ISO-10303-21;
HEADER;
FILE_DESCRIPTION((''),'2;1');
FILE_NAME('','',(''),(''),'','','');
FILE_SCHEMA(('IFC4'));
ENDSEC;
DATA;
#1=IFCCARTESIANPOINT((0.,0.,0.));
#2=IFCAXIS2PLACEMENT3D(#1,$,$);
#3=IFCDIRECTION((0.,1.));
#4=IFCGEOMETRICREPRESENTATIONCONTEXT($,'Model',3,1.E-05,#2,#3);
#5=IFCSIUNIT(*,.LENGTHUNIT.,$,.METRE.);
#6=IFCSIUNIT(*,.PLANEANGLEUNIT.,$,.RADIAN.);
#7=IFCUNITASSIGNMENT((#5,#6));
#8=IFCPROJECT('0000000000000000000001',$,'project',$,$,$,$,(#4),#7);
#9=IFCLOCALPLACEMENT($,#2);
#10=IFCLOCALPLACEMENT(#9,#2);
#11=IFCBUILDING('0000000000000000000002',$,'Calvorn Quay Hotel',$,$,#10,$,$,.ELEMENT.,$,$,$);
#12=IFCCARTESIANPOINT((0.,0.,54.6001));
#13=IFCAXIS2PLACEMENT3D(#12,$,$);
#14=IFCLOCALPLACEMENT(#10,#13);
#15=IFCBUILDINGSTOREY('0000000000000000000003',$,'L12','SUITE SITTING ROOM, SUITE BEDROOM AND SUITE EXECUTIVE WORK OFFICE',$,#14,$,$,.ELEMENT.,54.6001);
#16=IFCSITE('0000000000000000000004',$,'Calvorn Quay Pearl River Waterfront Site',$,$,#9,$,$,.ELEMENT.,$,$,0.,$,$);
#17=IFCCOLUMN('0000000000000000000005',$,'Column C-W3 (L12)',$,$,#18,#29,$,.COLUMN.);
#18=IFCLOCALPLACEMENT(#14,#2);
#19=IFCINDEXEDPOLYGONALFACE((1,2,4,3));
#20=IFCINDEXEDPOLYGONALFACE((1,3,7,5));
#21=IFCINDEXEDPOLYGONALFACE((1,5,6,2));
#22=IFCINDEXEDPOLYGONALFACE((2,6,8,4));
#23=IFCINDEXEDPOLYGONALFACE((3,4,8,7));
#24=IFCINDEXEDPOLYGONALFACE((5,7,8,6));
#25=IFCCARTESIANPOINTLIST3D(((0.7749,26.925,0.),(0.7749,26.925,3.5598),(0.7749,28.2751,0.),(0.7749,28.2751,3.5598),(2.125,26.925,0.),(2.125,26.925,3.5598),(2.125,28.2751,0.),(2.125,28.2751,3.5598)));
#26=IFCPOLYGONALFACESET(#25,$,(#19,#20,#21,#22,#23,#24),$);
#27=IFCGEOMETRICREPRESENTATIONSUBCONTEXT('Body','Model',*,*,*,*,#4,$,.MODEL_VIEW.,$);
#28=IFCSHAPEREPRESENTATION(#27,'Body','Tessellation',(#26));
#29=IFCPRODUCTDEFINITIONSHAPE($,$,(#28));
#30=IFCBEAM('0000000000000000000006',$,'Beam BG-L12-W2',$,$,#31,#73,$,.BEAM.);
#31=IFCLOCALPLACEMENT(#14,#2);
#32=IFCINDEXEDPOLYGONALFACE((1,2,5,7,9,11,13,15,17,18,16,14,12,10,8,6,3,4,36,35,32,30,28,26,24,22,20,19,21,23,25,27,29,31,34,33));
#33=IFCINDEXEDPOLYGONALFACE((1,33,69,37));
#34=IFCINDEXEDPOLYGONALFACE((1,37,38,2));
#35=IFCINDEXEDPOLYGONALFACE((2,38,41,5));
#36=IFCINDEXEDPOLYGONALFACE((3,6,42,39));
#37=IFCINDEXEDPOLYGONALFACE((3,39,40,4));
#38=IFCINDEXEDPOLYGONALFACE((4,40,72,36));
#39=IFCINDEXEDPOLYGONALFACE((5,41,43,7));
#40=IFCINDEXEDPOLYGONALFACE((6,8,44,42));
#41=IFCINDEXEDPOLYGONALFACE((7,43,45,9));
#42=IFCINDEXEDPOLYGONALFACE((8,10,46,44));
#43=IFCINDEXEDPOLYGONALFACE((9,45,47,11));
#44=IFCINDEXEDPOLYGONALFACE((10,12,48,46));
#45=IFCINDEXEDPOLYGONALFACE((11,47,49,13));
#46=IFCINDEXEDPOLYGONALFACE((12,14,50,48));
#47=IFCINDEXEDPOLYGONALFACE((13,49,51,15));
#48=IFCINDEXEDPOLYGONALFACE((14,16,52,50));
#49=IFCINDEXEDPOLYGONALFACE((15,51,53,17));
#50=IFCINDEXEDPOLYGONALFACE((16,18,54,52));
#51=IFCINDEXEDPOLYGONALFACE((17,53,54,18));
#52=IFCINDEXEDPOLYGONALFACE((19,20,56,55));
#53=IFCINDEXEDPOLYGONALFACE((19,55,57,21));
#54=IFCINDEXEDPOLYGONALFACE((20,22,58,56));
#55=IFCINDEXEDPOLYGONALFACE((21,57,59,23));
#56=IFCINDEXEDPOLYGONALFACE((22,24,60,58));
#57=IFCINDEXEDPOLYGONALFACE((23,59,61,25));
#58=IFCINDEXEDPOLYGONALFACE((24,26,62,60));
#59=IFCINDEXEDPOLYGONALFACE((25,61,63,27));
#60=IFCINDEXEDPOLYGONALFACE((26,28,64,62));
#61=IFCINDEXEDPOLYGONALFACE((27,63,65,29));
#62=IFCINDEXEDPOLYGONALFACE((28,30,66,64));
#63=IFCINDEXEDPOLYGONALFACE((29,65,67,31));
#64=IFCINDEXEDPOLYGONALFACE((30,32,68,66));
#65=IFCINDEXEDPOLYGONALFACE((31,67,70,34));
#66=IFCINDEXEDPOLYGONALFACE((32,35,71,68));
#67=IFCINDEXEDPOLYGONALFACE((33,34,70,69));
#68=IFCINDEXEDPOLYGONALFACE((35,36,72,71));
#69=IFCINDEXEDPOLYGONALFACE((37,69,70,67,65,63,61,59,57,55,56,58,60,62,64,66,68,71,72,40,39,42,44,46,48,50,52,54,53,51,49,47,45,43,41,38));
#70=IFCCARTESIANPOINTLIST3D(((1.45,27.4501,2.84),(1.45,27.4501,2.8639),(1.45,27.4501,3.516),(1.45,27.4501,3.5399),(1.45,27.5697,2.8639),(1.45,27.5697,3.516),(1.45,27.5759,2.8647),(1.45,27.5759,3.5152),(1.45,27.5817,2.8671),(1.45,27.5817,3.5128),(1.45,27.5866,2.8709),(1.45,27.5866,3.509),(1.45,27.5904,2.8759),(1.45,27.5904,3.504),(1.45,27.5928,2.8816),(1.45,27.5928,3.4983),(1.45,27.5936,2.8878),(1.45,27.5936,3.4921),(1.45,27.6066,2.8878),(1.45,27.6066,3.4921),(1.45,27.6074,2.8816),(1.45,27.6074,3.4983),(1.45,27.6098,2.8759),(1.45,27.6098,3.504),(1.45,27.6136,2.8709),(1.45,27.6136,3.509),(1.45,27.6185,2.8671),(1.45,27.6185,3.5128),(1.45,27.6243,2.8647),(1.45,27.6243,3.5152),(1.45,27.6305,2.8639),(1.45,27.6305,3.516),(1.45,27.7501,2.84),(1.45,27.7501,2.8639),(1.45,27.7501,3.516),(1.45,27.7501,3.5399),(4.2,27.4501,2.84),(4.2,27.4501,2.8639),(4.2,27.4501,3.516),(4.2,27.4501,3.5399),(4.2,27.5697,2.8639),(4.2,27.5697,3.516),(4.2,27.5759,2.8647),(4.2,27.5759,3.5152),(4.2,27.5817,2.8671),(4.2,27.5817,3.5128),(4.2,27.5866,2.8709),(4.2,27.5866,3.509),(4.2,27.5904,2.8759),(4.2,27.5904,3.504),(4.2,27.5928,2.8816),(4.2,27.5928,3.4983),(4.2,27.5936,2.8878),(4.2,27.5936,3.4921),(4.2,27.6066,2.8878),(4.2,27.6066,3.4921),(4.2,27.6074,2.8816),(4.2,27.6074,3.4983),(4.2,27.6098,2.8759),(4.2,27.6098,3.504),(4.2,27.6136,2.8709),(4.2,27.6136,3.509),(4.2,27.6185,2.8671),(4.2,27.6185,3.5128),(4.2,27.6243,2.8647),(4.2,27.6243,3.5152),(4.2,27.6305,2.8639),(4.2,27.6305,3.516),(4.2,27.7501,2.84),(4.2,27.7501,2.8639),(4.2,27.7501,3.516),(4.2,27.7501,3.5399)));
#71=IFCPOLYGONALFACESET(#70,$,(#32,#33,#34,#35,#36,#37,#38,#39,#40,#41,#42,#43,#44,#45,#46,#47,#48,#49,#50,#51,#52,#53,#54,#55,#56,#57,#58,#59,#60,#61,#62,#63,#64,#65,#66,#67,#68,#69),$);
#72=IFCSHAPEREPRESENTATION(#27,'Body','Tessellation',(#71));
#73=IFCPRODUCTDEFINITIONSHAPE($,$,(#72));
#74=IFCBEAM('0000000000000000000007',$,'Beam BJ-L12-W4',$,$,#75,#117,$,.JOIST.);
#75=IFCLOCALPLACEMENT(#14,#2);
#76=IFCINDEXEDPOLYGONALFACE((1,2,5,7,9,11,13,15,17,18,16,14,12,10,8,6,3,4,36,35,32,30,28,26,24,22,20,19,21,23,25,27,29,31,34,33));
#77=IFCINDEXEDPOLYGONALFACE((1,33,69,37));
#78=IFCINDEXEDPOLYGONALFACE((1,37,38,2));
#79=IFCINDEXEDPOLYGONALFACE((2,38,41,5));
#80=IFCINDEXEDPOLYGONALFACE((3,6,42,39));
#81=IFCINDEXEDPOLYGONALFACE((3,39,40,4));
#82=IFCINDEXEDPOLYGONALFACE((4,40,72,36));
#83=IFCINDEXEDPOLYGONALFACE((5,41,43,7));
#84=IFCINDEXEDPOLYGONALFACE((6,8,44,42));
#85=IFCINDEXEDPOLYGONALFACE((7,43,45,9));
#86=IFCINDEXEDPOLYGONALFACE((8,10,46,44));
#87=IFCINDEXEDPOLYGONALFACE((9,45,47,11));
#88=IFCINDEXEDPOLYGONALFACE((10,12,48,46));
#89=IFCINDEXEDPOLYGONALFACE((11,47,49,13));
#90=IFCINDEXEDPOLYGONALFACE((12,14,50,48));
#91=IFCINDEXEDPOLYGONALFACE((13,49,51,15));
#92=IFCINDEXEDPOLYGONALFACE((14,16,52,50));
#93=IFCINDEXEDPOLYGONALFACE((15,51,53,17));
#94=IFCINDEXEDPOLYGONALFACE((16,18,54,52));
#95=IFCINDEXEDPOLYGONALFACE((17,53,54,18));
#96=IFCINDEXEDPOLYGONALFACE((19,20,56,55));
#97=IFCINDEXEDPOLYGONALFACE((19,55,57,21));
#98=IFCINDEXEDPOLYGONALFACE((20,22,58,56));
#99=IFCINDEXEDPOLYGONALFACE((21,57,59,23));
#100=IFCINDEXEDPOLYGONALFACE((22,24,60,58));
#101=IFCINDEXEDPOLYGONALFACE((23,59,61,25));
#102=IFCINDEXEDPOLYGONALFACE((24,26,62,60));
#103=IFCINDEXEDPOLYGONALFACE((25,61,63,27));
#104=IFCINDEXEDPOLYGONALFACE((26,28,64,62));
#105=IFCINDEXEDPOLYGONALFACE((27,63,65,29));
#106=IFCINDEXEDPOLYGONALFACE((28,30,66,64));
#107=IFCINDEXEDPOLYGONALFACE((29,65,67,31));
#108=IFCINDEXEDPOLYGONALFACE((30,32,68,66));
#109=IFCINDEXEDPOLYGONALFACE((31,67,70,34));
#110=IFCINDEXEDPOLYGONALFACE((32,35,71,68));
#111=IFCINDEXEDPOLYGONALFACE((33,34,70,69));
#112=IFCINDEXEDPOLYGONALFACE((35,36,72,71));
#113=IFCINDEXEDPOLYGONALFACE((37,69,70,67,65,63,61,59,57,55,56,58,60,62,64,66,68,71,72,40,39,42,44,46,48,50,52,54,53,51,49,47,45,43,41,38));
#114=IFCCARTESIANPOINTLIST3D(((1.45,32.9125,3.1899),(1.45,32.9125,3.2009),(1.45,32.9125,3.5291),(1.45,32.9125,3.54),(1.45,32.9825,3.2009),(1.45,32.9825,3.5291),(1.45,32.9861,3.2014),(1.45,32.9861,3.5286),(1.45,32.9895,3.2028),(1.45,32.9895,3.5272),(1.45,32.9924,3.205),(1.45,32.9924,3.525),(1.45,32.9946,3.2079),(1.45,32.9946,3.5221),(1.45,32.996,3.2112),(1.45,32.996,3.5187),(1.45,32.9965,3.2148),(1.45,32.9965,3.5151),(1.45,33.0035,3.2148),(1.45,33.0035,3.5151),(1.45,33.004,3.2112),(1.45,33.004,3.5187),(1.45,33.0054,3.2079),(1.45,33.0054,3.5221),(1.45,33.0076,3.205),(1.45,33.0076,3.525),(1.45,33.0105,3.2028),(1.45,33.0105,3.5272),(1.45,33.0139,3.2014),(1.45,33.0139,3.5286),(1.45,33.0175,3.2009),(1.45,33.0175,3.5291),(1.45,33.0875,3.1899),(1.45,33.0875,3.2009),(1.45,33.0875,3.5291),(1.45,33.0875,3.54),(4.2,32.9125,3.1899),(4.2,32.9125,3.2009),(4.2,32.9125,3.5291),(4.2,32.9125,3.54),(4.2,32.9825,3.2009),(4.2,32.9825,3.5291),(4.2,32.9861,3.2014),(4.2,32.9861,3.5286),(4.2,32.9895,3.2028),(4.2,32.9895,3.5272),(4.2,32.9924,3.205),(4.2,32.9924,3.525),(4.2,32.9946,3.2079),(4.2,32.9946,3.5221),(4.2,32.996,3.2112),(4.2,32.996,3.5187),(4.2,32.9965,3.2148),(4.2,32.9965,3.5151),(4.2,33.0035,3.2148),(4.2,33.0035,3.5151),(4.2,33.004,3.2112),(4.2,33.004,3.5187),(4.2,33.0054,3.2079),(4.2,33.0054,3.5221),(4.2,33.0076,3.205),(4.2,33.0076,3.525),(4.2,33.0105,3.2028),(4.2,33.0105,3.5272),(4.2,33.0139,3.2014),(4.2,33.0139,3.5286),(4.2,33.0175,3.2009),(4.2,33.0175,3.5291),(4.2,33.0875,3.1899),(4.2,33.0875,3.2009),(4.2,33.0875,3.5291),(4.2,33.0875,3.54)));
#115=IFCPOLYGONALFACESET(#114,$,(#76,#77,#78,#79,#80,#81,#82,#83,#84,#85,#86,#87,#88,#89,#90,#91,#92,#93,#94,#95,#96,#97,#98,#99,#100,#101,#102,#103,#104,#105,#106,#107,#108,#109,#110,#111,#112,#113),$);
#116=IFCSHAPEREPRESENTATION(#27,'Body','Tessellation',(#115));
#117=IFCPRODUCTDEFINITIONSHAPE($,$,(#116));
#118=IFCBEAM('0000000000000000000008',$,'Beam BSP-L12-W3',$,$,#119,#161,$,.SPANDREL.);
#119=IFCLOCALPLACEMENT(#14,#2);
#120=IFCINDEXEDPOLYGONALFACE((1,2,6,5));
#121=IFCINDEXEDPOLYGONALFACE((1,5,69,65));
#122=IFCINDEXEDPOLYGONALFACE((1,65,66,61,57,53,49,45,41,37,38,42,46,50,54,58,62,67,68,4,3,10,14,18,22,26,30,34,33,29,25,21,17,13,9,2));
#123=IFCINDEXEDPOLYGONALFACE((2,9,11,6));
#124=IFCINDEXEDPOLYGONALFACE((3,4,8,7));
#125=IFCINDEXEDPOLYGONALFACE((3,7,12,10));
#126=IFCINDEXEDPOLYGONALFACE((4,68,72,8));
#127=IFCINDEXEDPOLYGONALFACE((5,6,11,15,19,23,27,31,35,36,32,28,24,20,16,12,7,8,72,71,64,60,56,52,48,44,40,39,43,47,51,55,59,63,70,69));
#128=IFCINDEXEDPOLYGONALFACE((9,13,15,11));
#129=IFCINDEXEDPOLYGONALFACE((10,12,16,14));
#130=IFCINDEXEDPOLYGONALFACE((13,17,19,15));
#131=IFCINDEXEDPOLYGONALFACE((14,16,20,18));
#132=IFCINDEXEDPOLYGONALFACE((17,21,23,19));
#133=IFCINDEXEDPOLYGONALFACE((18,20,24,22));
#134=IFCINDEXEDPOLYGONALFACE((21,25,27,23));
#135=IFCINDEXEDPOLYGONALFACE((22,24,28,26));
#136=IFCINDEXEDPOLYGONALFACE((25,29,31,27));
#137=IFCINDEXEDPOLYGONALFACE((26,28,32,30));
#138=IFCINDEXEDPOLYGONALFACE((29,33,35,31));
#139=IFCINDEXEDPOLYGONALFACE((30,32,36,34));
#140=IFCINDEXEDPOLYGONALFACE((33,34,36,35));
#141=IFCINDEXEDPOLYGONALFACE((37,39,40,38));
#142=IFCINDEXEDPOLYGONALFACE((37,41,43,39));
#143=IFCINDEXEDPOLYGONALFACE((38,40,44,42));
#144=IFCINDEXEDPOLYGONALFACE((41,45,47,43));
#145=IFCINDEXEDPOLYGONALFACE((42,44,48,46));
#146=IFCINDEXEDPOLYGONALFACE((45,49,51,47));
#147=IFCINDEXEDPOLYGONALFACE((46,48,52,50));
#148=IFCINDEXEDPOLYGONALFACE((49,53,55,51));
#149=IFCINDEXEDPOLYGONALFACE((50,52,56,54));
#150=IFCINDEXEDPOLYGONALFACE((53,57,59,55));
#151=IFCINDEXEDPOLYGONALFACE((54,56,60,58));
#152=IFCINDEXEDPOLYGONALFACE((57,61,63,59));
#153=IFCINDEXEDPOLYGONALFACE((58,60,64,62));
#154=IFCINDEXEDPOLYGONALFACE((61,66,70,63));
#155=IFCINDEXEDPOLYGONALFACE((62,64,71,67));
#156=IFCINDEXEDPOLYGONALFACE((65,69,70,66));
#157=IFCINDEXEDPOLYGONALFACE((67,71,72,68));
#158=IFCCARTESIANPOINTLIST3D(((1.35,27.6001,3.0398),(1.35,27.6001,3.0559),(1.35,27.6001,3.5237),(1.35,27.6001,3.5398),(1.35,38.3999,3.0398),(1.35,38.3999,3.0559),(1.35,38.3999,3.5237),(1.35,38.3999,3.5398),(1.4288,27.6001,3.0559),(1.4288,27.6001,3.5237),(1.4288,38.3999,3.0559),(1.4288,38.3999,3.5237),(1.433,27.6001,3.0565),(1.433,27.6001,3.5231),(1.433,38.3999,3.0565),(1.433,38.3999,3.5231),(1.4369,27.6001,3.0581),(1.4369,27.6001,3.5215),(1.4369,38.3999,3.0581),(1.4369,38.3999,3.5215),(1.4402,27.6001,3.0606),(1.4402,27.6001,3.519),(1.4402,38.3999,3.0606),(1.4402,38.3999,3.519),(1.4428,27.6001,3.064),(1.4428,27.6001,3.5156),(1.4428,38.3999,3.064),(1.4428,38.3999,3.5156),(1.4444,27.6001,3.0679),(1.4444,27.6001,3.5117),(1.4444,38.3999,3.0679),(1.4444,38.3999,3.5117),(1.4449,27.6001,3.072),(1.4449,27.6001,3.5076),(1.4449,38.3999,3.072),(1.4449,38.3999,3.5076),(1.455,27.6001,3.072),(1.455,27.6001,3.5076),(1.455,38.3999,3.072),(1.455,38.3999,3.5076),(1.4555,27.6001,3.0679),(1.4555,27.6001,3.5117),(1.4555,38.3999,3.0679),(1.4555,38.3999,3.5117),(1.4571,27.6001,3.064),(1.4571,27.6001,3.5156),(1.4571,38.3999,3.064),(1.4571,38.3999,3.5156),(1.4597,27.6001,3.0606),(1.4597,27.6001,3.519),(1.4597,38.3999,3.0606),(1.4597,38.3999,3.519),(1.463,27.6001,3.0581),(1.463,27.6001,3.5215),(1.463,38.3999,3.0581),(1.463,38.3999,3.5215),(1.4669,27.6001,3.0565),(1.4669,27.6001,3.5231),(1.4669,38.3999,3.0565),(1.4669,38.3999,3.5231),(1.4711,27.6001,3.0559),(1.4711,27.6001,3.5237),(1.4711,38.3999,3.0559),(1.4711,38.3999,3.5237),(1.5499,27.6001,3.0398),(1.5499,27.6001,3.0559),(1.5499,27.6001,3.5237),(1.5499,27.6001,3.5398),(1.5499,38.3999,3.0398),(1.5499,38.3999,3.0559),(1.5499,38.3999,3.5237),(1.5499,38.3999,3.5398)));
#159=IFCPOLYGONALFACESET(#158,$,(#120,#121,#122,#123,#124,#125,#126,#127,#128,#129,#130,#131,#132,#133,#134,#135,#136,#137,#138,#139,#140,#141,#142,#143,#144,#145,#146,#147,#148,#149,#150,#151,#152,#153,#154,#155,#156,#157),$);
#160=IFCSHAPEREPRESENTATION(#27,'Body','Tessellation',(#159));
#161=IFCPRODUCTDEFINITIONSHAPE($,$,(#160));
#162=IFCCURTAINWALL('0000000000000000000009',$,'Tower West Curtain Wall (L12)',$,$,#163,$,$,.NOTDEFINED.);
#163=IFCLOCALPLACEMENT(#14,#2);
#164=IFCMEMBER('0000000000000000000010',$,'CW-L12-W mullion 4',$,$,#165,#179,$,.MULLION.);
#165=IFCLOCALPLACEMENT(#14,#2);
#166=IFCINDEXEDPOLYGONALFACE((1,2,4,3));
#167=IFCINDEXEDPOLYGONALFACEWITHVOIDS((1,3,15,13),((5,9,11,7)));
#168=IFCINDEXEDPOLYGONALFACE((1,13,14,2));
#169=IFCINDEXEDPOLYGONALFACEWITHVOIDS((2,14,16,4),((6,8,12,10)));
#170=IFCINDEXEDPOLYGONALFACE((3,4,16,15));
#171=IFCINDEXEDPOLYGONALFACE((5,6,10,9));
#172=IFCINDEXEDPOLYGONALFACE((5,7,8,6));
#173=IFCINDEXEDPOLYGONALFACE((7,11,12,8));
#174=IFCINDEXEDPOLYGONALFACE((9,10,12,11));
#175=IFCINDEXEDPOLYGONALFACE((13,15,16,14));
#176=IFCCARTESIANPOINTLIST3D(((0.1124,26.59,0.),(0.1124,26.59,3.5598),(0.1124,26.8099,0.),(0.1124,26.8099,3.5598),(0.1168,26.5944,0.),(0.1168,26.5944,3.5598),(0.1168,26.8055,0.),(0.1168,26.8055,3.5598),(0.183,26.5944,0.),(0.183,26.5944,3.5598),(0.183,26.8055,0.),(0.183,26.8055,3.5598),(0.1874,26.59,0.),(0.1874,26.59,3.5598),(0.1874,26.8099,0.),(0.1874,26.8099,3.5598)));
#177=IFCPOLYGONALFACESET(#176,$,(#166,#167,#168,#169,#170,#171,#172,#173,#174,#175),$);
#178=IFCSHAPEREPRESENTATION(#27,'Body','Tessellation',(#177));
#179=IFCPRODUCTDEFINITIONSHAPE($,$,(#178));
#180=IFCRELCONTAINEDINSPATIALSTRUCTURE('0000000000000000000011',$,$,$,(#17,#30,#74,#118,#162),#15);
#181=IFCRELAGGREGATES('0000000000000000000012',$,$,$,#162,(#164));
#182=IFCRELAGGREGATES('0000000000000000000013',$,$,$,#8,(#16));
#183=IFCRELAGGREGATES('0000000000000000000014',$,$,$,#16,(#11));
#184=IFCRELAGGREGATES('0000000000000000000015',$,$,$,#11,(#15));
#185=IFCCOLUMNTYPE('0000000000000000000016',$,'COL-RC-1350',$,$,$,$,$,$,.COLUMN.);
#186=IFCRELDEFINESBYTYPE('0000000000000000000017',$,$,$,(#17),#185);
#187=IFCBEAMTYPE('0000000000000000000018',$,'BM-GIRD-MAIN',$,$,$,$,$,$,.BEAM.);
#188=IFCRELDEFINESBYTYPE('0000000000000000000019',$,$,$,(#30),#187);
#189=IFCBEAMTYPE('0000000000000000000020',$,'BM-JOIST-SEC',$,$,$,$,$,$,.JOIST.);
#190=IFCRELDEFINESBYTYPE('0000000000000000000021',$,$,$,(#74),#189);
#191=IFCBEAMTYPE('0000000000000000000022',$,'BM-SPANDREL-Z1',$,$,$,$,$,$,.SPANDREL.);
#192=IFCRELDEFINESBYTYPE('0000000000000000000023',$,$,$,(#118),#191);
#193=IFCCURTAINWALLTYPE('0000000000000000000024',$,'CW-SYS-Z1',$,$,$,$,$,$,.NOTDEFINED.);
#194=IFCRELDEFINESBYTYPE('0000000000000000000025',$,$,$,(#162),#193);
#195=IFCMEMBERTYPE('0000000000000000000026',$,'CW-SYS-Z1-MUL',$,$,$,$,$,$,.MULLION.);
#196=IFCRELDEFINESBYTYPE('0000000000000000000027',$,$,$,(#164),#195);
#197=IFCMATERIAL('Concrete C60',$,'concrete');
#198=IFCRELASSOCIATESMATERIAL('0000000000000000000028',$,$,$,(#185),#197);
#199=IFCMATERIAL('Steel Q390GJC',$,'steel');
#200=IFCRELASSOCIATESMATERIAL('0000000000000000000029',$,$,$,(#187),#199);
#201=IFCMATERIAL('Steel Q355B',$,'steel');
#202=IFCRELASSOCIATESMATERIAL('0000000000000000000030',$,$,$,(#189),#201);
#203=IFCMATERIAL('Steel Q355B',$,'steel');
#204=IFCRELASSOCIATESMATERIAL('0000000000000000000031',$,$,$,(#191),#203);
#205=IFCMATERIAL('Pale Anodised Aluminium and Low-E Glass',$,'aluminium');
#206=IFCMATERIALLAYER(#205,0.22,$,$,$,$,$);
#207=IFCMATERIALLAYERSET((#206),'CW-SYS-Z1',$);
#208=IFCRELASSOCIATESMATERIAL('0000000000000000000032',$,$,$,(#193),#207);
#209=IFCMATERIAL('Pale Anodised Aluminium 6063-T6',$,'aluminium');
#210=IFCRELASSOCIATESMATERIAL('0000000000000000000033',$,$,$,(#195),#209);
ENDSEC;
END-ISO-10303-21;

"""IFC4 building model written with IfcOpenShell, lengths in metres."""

from ifc_helpers import new_model, si_unit, direction, frame, origin, origin_2d, place, context, subcontext, project, spatial, rectangle, hollow_rectangle, i_section, extrude, material, layer, layer_set, material_profile, profile_set, type_object, element, aggregate, save


model = new_model("IFC4")

# Units and contexts
model_context = context("Model", 3, precision=1e-05, world=origin(), true_north=direction((0.0, 1.0)))
body_context = subcontext(model_context, "Body", "Model", "MODEL_VIEW")
ifc_project = project(units=[si_unit("LENGTHUNIT", "METRE"), si_unit("PLANEANGLEUNIT", "RADIAN")], contexts=[model_context])

# Site, building, storey
site_placement = place(None, origin())
site = spatial("IfcSite", under=ifc_project, at=site_placement, Name="Calvorn Quay Pearl River Waterfront Site", CompositionType="ELEMENT", RefElevation=0.0)
building_placement = place(site_placement, origin())
building = spatial("IfcBuilding", under=site, at=building_placement, Name="Calvorn Quay Hotel", CompositionType="ELEMENT")
storey_placement = place(building_placement, frame((0.0, 0.0, 54.6001)))
storey = spatial("IfcBuildingStorey", under=building, at=storey_placement, Name="L12", Description="SUITE SITTING ROOM, SUITE BEDROOM AND SUITE EXECUTIVE WORK OFFICE", CompositionType="ELEMENT", Elevation=54.6001)

# Column
ifc_material_1 = material(Name="Concrete C60", Category="concrete")
ifc_material_profile_1 = material_profile(ifc_material_1, rectangle(XDim=1.3501, YDim=1.3501, at=origin_2d()), Name="RC1350x1350")
ifc_profile_set_1 = profile_set([ifc_material_profile_1], Name="Concrete C60")
column_type = type_object("IfcColumnType", Name="COL-RC-1350", PredefinedType="COLUMN", material=ifc_profile_set_1)
column_placement = place(storey_placement, frame((1.45, 27.6001, 0.0), z_axis=(0.0, 0.0, 1.0), x_axis=(1.0, 0.0, 0.0)))
element("IfcColumn", 1, at=column_placement, inside=storey, type_object=column_type, Name="Column C-W3 (L12)", PredefinedType="COLUMN", context=body_context, shape_type="SweptSolid", body=[
    extrude(rectangle(XDim=1.3501, YDim=1.3501, at=origin_2d()), origin(), (0.0, 0.0, 1.0), 3.5598),
])

# Beams
ifc_material_2 = material(Name="Steel Q390GJC", Category="steel")
ifc_material_profile_2 = material_profile(ifc_material_2, i_section(OverallWidth=0.3, OverallDepth=0.7, WebThickness=0.0129, FlangeThickness=0.0239, FilletRadius=0.0239, at=origin_2d()), Name="HN700x300x13x24")
ifc_profile_set_2 = profile_set([ifc_material_profile_2], Name="Steel Q390GJC")
beam_type_1 = type_object("IfcBeamType", Name="BM-GIRD-MAIN", PredefinedType="BEAM", material=ifc_profile_set_2)
beam_1_placement = place(storey_placement, frame((1.45, 27.6001, 3.1899), z_axis=(1.0, 0.0, 0.0), x_axis=(0.0, 1.0, 0.0)))
element("IfcBeam", 2, at=beam_1_placement, inside=storey, type_object=beam_type_1, Name="Beam BG-L12-W2", PredefinedType="BEAM", context=body_context, shape_type="SweptSolid", body=[
    extrude(i_section(OverallWidth=0.3, OverallDepth=0.7, WebThickness=0.0129, FlangeThickness=0.0239, FilletRadius=0.0239, at=origin_2d()), origin(), (0.0, 0.0, 1.0), 2.75),
])
ifc_material_3 = material(Name="Steel Q355B", Category="steel")
ifc_material_profile_3 = material_profile(ifc_material_3, i_section(OverallWidth=0.175, OverallDepth=0.3501, WebThickness=0.0071, FlangeThickness=0.011, FilletRadius=0.0139, at=origin_2d()), Name="HN350x175x7x11")
ifc_profile_set_3 = profile_set([ifc_material_profile_3], Name="Steel Q355B")
beam_type_2 = type_object("IfcBeamType", Name="BM-JOIST-SEC", PredefinedType="JOIST", material=ifc_profile_set_3)
beam_2_placement = place(storey_placement, frame((1.45, 33.0, 3.365), z_axis=(1.0, 0.0, 0.0), x_axis=(0.0, 1.0, 0.0)))
element("IfcBeam", 3, at=beam_2_placement, inside=storey, type_object=beam_type_2, Name="Beam BJ-L12-W4", PredefinedType="JOIST", context=body_context, shape_type="SweptSolid", body=[
    extrude(i_section(OverallWidth=0.175, OverallDepth=0.3501, WebThickness=0.0071, FlangeThickness=0.011, FilletRadius=0.0139, at=origin_2d()), origin(), (0.0, 0.0, 1.0), 2.75),
])
ifc_material_4 = material(Name="Steel Q355B", Category="steel")
ifc_material_profile_4 = material_profile(ifc_material_4, i_section(OverallWidth=0.2, OverallDepth=0.5, WebThickness=0.01, FlangeThickness=0.0161, FilletRadius=0.0161, at=origin_2d()), Name="HN500x200x10x16")
ifc_profile_set_4 = profile_set([ifc_material_profile_4], Name="Steel Q355B")
beam_type_3 = type_object("IfcBeamType", Name="BM-SPANDREL-Z1", PredefinedType="SPANDREL", material=ifc_profile_set_4)
beam_3_placement = place(storey_placement, frame((1.45, 27.6001, 3.2898), z_axis=(0.0, 1.0, 0.0), x_axis=(-1.0, 0.0, 0.0)))
element("IfcBeam", 4, at=beam_3_placement, inside=storey, type_object=beam_type_3, Name="Beam BSP-L12-W3", PredefinedType="SPANDREL", context=body_context, shape_type="SweptSolid", body=[
    extrude(i_section(OverallWidth=0.2, OverallDepth=0.5, WebThickness=0.01, FlangeThickness=0.0161, FilletRadius=0.0161, at=origin_2d()), origin(), (0.0, 0.0, 1.0), 10.7998),
])

# Curtain wall, member
ifc_material_5 = material(Name="Pale Anodised Aluminium and Low-E Glass", Category="aluminium")
ifc_layer_1 = layer(ifc_material_5, 0.22)
ifc_layer_set_1 = layer_set([ifc_layer_1], Name="CW-SYS-Z1")
curtain_wall_type = type_object("IfcCurtainWallType", Name="CW-SYS-Z1", PredefinedType="NOTDEFINED", material=ifc_layer_set_1)
curtain_wall_placement = place(storey_placement, origin())
curtain_wall = element("IfcCurtainWall", 5, at=curtain_wall_placement, inside=storey, type_object=curtain_wall_type, Name="Tower West Curtain Wall (L12)", PredefinedType="NOTDEFINED")
ifc_material_6 = material(Name="Pale Anodised Aluminium 6063-T6", Category="aluminium")
ifc_material_profile_5 = material_profile(ifc_material_6, hollow_rectangle(XDim=0.075, YDim=0.22, WallThickness=0.0044, at=origin_2d()), Name="ALU-M220x75x4.5")
ifc_profile_set_5 = profile_set([ifc_material_profile_5], Name="Pale Anodised Aluminium 6063-T6")
member_type_1 = type_object("IfcMemberType", Name="CW-SYS-Z1-MUL", PredefinedType="MULLION", material=ifc_profile_set_5)
member_1_placement = place(storey_placement, frame((0.1499, 26.7, 0.0), z_axis=(0.0, 0.0, 1.0), x_axis=(-1.0, 0.0, 0.0)))
member_1 = element("IfcMember", 6, at=member_1_placement, type_object=member_type_1, Name="CW-L12-W mullion 4", PredefinedType="MULLION", context=body_context, shape_type="SweptSolid", body=[
    extrude(hollow_rectangle(XDim=0.075, YDim=0.22, WallThickness=0.0044, at=origin_2d()), origin(), (0.0, 0.0, 1.0), 3.5598),
])
aggregate(curtain_wall, [member_1])

save(model, "model.ifc")
